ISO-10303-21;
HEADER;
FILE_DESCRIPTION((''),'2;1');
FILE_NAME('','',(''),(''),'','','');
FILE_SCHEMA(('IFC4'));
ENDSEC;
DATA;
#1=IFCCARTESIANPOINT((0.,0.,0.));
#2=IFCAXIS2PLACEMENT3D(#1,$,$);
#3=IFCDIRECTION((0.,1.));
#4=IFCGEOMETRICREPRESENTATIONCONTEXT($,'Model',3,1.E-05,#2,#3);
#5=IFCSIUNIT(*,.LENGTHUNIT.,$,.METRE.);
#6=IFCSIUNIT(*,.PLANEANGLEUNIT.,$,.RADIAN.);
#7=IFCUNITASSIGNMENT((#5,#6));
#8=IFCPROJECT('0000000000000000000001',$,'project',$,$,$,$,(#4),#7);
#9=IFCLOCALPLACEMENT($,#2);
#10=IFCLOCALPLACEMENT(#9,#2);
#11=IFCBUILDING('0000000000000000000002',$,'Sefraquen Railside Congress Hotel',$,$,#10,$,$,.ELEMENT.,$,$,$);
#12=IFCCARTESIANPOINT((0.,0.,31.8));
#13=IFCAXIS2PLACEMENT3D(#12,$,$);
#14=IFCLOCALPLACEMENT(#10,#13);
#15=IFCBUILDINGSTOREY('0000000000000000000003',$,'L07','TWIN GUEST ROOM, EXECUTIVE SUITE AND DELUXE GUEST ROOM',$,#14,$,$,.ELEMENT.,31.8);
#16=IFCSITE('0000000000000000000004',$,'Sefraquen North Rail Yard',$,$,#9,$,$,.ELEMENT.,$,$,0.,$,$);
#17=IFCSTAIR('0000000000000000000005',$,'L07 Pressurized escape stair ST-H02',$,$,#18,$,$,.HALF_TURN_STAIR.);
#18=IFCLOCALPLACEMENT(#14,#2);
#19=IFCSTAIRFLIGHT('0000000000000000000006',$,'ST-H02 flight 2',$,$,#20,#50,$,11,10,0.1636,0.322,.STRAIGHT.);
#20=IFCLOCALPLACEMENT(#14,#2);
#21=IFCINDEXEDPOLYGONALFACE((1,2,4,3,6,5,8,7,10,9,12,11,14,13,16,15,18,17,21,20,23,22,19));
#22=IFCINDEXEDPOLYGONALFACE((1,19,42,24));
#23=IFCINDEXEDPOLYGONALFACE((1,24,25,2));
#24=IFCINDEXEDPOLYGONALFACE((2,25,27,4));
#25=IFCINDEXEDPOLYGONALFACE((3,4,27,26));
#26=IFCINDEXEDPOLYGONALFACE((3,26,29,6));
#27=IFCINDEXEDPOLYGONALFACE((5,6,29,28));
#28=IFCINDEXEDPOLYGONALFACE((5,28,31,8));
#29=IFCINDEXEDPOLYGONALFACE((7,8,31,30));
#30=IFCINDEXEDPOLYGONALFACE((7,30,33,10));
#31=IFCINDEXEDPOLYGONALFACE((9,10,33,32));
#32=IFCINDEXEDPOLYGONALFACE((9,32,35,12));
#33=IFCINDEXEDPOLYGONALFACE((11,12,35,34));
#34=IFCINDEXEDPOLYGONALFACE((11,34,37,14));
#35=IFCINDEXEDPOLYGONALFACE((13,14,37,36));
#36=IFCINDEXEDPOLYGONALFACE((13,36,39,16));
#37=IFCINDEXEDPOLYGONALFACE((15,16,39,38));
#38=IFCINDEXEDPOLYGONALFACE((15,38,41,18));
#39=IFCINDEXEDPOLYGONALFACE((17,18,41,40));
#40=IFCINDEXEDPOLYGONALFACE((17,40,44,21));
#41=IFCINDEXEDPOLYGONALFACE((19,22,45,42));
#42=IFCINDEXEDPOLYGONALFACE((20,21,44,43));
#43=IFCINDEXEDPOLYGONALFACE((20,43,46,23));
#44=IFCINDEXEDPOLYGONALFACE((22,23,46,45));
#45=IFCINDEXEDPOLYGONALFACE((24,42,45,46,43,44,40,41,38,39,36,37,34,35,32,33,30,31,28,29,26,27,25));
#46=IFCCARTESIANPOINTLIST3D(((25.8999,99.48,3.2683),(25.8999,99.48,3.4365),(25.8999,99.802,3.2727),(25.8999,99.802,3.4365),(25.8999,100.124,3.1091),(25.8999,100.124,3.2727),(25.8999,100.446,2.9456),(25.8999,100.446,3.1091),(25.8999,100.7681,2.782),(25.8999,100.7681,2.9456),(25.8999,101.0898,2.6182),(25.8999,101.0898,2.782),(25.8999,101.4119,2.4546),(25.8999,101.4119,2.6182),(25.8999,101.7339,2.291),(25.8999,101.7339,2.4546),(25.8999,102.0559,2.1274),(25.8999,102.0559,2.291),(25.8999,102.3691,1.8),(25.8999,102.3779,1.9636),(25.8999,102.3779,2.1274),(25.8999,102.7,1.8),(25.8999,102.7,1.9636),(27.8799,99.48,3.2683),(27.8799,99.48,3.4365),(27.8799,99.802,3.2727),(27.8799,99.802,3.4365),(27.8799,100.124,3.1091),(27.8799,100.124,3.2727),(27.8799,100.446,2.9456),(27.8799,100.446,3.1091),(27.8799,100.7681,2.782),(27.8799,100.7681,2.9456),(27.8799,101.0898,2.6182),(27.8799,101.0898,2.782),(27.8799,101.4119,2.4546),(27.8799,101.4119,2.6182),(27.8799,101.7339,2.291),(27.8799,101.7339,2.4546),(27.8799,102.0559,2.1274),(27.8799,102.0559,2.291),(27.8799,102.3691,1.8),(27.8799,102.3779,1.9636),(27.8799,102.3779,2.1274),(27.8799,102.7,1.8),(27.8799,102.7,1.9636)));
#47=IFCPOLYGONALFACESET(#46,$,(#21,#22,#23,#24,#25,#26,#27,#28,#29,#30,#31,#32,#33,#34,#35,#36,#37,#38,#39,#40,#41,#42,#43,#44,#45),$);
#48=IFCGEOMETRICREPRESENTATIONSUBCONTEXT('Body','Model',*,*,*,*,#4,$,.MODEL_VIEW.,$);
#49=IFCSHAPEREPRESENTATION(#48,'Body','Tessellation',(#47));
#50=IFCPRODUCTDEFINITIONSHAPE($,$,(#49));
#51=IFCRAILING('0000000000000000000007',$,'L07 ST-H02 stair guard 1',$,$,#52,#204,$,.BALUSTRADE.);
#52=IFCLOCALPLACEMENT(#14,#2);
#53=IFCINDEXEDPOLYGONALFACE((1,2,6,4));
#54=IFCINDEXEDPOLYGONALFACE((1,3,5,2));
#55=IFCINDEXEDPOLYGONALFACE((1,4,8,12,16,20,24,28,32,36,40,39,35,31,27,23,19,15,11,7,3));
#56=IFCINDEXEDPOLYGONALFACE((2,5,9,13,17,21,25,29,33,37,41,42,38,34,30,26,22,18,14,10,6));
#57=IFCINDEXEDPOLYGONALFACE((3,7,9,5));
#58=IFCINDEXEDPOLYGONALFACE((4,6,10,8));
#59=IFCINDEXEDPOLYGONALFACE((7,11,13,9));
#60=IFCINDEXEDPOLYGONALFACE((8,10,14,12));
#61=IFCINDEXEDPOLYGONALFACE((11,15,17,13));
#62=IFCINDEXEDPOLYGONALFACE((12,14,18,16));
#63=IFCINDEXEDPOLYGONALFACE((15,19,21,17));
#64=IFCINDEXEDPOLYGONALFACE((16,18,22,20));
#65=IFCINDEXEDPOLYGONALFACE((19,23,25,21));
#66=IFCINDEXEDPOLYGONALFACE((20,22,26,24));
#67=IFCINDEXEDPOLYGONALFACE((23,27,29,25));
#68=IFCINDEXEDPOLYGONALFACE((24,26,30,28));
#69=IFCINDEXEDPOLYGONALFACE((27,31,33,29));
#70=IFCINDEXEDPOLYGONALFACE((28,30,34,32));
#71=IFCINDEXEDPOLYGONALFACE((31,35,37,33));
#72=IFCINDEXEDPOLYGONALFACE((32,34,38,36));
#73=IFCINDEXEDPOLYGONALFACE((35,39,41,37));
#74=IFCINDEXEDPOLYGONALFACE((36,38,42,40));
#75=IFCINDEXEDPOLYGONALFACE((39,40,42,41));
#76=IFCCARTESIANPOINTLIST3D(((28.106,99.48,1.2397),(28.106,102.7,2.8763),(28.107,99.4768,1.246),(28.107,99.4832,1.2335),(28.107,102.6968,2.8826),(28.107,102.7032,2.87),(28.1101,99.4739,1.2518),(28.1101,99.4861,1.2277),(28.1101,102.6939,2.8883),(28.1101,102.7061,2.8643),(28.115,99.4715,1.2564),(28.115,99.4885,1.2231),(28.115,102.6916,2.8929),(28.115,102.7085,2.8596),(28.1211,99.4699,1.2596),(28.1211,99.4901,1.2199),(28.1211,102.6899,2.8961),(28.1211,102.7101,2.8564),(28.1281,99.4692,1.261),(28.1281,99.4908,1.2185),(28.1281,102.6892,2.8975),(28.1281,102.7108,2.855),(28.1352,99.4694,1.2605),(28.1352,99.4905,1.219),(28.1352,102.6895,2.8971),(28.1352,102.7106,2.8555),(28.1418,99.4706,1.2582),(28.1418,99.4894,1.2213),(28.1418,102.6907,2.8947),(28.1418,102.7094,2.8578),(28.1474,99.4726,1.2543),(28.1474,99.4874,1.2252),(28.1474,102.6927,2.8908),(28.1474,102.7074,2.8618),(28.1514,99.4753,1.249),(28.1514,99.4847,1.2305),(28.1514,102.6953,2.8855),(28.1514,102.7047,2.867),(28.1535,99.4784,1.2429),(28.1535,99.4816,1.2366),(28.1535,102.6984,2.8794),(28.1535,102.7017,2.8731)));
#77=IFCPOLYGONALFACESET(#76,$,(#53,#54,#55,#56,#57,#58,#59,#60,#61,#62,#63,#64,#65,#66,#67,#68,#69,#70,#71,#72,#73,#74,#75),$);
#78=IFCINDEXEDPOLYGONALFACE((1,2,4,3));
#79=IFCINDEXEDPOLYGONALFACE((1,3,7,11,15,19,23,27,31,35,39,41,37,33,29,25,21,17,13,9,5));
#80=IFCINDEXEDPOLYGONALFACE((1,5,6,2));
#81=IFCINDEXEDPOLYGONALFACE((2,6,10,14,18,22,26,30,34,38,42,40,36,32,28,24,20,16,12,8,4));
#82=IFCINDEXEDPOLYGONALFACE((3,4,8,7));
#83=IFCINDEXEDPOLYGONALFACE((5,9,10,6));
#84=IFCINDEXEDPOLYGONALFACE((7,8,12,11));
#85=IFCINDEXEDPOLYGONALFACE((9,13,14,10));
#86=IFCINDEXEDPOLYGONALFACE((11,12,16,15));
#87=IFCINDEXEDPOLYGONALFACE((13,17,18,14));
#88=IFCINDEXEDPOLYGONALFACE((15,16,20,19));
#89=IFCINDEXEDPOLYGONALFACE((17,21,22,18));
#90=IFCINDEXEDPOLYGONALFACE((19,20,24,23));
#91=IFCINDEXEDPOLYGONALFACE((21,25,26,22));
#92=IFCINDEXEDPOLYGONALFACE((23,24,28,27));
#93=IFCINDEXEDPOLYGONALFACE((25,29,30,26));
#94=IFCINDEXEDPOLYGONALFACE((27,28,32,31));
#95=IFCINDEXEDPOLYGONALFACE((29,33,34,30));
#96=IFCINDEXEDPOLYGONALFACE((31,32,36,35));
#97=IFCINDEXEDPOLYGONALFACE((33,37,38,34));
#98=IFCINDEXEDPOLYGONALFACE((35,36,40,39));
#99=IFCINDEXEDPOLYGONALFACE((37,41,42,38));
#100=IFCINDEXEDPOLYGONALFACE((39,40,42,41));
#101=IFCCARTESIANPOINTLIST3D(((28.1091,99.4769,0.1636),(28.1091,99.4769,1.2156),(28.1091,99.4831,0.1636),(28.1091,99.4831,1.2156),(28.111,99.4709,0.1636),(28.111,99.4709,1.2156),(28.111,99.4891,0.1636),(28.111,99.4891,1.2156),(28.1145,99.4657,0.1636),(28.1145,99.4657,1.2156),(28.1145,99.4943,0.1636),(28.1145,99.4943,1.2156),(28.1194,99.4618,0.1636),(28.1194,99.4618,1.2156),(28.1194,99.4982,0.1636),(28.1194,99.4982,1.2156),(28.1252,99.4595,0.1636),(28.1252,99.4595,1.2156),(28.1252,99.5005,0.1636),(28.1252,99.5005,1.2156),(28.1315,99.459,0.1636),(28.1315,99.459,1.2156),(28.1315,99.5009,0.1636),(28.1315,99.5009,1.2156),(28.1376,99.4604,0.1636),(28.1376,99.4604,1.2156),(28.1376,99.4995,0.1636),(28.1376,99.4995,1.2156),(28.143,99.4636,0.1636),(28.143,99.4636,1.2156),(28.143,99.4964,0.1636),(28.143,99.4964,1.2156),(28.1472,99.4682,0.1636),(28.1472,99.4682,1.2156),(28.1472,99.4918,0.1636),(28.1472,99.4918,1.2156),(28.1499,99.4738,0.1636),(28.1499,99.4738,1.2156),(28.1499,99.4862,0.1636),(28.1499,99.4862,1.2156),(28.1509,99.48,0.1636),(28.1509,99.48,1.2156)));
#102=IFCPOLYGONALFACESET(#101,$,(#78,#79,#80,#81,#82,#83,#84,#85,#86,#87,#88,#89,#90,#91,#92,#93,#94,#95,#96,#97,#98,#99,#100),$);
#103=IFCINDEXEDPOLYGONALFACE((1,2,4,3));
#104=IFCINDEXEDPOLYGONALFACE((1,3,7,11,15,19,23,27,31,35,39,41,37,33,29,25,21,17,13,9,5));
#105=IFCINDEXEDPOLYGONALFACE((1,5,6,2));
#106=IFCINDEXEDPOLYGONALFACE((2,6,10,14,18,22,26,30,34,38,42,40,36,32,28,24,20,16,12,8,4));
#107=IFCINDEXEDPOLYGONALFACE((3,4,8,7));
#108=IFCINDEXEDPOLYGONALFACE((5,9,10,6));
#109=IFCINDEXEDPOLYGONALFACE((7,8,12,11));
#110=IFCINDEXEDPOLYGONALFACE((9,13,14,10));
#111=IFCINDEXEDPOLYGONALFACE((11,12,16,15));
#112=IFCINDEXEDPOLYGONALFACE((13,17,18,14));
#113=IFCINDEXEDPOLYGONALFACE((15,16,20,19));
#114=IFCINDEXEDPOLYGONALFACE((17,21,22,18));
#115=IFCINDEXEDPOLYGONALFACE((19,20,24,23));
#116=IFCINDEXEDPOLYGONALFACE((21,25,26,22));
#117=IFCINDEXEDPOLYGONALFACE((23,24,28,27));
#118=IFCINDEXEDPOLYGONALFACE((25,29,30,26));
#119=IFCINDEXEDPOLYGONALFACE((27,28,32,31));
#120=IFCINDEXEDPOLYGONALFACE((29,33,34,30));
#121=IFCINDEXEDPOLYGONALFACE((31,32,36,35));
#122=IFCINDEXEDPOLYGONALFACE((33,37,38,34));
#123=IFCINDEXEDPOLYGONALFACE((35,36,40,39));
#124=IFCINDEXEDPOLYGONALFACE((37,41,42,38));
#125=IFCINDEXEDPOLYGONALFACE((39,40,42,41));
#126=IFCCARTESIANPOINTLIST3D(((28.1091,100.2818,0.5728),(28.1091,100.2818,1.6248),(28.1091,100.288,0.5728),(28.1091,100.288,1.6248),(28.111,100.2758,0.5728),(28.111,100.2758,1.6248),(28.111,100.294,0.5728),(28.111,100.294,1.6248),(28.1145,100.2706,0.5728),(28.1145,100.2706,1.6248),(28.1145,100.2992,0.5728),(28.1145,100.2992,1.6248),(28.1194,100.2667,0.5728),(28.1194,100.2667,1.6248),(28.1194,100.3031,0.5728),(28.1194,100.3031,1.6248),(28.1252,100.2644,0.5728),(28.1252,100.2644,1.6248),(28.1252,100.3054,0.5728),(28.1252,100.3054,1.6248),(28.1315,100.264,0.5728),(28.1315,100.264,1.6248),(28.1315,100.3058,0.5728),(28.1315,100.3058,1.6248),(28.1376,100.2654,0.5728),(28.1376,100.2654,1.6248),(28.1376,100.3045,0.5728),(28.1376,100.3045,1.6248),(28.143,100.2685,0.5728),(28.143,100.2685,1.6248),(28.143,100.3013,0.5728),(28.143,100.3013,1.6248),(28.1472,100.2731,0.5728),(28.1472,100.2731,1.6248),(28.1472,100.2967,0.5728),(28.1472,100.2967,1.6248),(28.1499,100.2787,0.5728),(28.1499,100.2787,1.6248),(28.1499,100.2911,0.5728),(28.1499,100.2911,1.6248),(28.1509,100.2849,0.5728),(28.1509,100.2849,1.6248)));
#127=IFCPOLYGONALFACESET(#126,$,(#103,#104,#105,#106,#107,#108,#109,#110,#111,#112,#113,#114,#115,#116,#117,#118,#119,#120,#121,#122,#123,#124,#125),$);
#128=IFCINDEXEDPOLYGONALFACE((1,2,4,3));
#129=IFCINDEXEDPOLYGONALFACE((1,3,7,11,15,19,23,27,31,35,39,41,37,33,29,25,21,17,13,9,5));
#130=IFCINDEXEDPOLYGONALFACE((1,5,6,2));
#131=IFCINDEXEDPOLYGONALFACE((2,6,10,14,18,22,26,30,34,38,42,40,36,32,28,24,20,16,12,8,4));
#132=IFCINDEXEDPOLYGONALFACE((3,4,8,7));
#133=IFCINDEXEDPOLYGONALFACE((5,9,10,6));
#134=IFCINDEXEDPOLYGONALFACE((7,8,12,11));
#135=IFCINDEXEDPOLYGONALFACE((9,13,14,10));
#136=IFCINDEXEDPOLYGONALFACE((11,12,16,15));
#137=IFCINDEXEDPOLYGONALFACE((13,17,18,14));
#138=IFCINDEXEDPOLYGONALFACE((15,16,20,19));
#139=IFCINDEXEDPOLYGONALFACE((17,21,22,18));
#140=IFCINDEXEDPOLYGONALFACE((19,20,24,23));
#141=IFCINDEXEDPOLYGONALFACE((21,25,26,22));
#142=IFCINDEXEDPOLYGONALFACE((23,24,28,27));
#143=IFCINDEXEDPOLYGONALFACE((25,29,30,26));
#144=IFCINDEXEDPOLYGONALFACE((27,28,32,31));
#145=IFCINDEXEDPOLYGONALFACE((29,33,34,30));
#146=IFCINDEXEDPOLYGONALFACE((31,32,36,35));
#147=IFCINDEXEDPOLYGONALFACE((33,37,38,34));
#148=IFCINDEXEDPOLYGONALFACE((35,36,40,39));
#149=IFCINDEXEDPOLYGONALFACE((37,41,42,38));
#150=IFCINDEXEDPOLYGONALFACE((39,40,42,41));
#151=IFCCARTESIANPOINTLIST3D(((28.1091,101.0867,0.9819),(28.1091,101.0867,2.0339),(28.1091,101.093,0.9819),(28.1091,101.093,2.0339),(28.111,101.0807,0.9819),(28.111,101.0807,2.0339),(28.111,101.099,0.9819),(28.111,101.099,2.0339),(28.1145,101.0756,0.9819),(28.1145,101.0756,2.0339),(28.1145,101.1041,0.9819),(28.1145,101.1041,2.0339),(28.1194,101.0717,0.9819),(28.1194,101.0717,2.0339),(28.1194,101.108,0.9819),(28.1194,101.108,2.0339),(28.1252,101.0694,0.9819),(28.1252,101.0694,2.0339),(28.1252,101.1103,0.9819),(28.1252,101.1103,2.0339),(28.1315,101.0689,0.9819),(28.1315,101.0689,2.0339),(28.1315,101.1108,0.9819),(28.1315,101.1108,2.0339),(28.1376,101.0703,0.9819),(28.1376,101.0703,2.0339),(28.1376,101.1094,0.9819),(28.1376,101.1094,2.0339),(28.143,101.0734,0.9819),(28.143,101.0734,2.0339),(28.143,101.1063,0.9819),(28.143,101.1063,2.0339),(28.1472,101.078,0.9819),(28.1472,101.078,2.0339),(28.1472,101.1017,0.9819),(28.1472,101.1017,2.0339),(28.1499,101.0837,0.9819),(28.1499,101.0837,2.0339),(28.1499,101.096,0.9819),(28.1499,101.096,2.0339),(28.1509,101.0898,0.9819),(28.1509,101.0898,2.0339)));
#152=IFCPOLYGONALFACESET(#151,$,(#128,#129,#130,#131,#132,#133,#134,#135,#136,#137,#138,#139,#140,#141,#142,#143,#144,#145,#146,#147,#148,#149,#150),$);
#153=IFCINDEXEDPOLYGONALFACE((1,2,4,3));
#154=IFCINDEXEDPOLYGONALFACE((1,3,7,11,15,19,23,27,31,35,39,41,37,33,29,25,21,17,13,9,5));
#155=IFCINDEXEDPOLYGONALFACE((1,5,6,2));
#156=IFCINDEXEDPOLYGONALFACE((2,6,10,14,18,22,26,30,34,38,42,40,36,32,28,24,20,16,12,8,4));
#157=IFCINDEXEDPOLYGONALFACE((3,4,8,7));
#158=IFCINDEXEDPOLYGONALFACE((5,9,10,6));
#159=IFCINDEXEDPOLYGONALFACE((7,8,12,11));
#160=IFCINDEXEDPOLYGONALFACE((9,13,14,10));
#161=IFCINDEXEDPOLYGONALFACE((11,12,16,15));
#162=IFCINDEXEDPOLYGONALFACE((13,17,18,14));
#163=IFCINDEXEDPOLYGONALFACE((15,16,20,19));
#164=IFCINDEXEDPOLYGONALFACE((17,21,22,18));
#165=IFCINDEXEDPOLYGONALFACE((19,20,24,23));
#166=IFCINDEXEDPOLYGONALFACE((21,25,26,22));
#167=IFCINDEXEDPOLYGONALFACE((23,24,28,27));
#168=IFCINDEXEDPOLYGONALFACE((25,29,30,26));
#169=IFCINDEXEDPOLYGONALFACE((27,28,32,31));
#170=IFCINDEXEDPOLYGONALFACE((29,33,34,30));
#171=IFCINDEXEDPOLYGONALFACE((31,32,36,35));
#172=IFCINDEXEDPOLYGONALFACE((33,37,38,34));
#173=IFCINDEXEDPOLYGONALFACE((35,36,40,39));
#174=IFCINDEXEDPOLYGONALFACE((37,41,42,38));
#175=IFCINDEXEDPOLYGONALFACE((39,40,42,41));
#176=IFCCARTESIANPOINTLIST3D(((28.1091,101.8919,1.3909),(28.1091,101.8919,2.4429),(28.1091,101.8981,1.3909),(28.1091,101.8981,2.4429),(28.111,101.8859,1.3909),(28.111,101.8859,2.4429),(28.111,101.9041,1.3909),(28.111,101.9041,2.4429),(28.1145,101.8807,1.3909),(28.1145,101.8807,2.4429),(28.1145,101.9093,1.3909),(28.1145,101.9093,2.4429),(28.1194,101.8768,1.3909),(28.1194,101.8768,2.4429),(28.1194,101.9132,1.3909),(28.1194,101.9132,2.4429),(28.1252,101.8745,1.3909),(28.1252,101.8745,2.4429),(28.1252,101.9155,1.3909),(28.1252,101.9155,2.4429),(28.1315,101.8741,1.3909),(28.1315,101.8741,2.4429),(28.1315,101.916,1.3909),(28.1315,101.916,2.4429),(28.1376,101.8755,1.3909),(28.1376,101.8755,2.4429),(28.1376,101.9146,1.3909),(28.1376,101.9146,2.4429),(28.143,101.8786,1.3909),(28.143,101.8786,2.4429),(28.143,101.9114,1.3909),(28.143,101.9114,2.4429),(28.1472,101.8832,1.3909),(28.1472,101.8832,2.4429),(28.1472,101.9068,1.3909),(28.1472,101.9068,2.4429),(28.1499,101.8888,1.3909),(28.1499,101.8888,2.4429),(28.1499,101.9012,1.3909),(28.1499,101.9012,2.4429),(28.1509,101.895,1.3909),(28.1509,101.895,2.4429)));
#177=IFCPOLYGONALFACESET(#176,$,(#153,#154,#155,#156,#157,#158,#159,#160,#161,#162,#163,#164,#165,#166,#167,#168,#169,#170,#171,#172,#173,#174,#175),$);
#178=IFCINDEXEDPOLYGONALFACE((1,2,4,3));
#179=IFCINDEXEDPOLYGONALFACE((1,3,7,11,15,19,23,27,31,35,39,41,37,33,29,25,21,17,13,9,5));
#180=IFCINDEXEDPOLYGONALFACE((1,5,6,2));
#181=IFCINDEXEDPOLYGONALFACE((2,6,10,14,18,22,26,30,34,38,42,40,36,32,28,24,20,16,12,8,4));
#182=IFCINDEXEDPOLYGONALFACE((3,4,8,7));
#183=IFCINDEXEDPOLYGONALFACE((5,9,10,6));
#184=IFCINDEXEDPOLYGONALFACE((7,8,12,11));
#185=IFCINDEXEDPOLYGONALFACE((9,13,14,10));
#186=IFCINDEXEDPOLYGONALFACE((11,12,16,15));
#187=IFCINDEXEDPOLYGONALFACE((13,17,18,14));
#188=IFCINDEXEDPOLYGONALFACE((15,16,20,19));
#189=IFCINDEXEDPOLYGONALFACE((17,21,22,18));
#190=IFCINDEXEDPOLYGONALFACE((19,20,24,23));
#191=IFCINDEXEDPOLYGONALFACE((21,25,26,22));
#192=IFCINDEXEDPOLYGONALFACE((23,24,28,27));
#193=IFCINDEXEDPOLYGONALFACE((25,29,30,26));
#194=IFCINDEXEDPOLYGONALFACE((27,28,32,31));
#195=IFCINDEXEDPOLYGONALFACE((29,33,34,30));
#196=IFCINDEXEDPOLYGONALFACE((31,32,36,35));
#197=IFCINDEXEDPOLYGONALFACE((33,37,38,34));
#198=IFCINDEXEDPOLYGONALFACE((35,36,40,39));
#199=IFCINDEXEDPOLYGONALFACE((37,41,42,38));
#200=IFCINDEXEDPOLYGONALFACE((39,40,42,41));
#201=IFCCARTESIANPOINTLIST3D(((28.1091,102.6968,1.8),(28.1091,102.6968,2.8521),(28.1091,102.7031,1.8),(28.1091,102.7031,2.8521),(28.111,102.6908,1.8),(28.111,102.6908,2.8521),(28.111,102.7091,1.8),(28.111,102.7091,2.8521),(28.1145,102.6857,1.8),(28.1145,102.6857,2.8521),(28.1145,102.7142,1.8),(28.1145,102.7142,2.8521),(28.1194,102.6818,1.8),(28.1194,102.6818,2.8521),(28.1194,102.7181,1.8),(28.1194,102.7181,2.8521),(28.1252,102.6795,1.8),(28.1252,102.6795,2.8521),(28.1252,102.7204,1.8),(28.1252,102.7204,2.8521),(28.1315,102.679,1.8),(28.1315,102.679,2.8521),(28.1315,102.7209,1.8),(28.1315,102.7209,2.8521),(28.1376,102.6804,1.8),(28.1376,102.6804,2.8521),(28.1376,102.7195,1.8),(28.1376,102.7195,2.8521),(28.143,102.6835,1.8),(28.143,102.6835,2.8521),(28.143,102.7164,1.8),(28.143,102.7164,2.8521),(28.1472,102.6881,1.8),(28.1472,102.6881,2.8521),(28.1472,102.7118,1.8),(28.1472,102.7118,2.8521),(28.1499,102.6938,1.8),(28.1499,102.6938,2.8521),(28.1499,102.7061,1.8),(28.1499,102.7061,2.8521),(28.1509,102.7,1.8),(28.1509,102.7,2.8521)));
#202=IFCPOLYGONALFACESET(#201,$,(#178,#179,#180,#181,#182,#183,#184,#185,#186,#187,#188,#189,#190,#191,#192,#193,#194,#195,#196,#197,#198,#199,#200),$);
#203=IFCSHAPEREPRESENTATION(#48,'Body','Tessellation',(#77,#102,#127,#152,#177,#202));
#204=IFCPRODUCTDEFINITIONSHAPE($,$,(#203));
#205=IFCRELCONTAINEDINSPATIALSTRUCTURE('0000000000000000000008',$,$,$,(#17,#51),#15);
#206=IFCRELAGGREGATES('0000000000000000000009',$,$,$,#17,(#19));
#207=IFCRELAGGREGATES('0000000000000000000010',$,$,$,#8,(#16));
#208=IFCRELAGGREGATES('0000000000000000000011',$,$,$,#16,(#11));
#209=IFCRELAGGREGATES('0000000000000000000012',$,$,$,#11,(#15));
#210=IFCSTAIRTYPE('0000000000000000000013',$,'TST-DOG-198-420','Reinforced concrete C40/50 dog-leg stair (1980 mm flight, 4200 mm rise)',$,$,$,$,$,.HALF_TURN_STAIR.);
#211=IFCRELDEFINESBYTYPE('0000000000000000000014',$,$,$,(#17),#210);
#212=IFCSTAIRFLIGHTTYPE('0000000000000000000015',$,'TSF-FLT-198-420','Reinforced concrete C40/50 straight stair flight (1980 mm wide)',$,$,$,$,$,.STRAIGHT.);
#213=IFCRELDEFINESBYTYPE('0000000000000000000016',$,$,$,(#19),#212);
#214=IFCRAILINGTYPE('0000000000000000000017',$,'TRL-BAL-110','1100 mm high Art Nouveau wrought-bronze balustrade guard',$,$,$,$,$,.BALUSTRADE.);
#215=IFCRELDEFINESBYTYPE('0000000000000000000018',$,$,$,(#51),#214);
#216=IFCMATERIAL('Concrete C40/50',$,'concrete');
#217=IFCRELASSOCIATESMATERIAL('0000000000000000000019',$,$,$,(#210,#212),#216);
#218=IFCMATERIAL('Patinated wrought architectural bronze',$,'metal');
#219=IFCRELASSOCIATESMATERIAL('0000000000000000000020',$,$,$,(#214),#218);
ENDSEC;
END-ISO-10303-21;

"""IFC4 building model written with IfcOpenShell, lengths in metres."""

from ifc_helpers import new_model, si_unit, direction, frame, origin, origin_2d, place, context, subcontext, project, spatial, polyline, circle, outline, extrude, material, type_object, element, aggregate, save


model = new_model("IFC4")

# Units and contexts
model_context = context("Model", 3, precision=1e-05, world=origin(), true_north=direction((0.0, 1.0)))
body_context = subcontext(model_context, "Body", "Model", "MODEL_VIEW")
ifc_project = project(units=[si_unit("LENGTHUNIT", "METRE"), si_unit("PLANEANGLEUNIT", "RADIAN")], contexts=[model_context])

# Site, building, storey
site_placement = place(None, origin())
site = spatial("IfcSite", under=ifc_project, at=site_placement, Name="Sefraquen North Rail Yard", CompositionType="ELEMENT", RefElevation=0.0)
building_placement = place(site_placement, origin())
building = spatial("IfcBuilding", under=site, at=building_placement, Name="Sefraquen Railside Congress Hotel", CompositionType="ELEMENT")
storey_placement = place(building_placement, frame((0.0, 0.0, 31.8)))
storey = spatial("IfcBuildingStorey", under=building, at=storey_placement, Name="L07", Description="TWIN GUEST ROOM, EXECUTIVE SUITE AND DELUXE GUEST ROOM", CompositionType="ELEMENT", Elevation=31.8)

# Shared definitions
ifc_material_1 = material(Name="Concrete C40/50", Category="concrete")

# Stair, stair flight
stair_type = type_object("IfcStairType", Name="TST-DOG-198-420", Description="Reinforced concrete C40/50 dog-leg stair (1980 mm flight, 4200 mm rise)", PredefinedType="HALF_TURN_STAIR", material=ifc_material_1)
stair_placement = place(storey_placement, origin())
stair = element("IfcStair", 1, at=stair_placement, inside=storey, type_object=stair_type, Name="L07 Pressurized escape stair ST-H02", PredefinedType="HALF_TURN_STAIR")
stair_flight_type = type_object("IfcStairFlightType", Name="TSF-FLT-198-420", Description="Reinforced concrete C40/50 straight stair flight (1980 mm wide)", PredefinedType="STRAIGHT", material=ifc_material_1)
stair_flight_1_placement = place(storey_placement, frame((26.8899, 102.7, 1.8), z_axis=(0.0, 0.0, 1.0), x_axis=(0.0, -1.0, 0.0)))
stair_flight_1 = element("IfcStairFlight", 2, at=stair_flight_1_placement, type_object=stair_flight_type, Name="ST-H02 flight 2", NumberOfRisers=11, NumberOfTreads=10, PredefinedType="STRAIGHT", RiserHeight=0.1636, TreadLength=0.322, context=body_context, shape_type="SweptSolid", body=[
    extrude(outline(polyline([(0.0, 0.0), (0.0, 0.1636), (0.322, 0.1636), (0.322, 0.3274), (0.644, 0.3274), (0.644, 0.491), (0.9661, 0.491), (0.9661, 0.6545), (1.2881, 0.6545), (1.2881, 0.8181), (1.6101, 0.8181), (1.6101, 0.9819), (1.9319, 0.9819), (1.9319, 1.1455), (2.2539, 1.1455), (2.2539, 1.3091), (2.5759, 1.3091), (2.5759, 1.4727), (2.8979, 1.4727), (2.8979, 1.6365), (3.22, 1.6365), (3.22, 1.8), (3.22, 1.4683), (0.3308, 0.0), (0.0, 0.0)])), frame((0.0, 0.99, 0.0), z_axis=(0.0, -1.0, 0.0), x_axis=(1.0, 0.0, 0.0)), (0.0, 0.0, 1.0), 1.98),
])
aggregate(stair, [stair_flight_1])

# Railing
ifc_material_2 = material(Name="Patinated wrought architectural bronze", Category="metal")
railing_type_1 = type_object("IfcRailingType", Name="TRL-BAL-110", Description="1100 mm high Art Nouveau wrought-bronze balustrade guard", PredefinedType="BALUSTRADE", material=ifc_material_2)
railing_1_placement = place(storey_placement, frame((28.1299, 99.48, 0.1636)))
element("IfcRailing", 3, at=railing_1_placement, inside=storey, type_object=railing_type_1, Name="L07 ST-H02 stair guard 1", PredefinedType="BALUSTRADE", context=body_context, shape_type="SweptSolid", body=[
    extrude(circle(Radius=0.0239, at=origin_2d()), frame((0.0, 0.0, 1.0762), z_axis=(0.0, 0.891474, 0.453071), x_axis=(-1.0, 0.0, 0.0)), (0.0, 0.0, 1.0), 3.6121),
    extrude(circle(Radius=0.021, at=origin_2d()), origin(), (0.0, 0.0, 1.0), 1.052),
    extrude(circle(Radius=0.021, at=origin_2d()), frame((0.0, 0.8049, 0.4092)), (0.0, 0.0, 1.0), 1.052),
    extrude(circle(Radius=0.021, at=origin_2d()), frame((0.0, 1.6099, 0.8184)), (0.0, 0.0, 1.0), 1.052),
    extrude(circle(Radius=0.021, at=origin_2d()), frame((0.0, 2.415, 1.2273)), (0.0, 0.0, 1.0), 1.052),
    extrude(circle(Radius=0.021, at=origin_2d()), frame((0.0, 3.22, 1.6365)), (0.0, 0.0, 1.0), 1.052),
])

save(model, "model.ifc")
